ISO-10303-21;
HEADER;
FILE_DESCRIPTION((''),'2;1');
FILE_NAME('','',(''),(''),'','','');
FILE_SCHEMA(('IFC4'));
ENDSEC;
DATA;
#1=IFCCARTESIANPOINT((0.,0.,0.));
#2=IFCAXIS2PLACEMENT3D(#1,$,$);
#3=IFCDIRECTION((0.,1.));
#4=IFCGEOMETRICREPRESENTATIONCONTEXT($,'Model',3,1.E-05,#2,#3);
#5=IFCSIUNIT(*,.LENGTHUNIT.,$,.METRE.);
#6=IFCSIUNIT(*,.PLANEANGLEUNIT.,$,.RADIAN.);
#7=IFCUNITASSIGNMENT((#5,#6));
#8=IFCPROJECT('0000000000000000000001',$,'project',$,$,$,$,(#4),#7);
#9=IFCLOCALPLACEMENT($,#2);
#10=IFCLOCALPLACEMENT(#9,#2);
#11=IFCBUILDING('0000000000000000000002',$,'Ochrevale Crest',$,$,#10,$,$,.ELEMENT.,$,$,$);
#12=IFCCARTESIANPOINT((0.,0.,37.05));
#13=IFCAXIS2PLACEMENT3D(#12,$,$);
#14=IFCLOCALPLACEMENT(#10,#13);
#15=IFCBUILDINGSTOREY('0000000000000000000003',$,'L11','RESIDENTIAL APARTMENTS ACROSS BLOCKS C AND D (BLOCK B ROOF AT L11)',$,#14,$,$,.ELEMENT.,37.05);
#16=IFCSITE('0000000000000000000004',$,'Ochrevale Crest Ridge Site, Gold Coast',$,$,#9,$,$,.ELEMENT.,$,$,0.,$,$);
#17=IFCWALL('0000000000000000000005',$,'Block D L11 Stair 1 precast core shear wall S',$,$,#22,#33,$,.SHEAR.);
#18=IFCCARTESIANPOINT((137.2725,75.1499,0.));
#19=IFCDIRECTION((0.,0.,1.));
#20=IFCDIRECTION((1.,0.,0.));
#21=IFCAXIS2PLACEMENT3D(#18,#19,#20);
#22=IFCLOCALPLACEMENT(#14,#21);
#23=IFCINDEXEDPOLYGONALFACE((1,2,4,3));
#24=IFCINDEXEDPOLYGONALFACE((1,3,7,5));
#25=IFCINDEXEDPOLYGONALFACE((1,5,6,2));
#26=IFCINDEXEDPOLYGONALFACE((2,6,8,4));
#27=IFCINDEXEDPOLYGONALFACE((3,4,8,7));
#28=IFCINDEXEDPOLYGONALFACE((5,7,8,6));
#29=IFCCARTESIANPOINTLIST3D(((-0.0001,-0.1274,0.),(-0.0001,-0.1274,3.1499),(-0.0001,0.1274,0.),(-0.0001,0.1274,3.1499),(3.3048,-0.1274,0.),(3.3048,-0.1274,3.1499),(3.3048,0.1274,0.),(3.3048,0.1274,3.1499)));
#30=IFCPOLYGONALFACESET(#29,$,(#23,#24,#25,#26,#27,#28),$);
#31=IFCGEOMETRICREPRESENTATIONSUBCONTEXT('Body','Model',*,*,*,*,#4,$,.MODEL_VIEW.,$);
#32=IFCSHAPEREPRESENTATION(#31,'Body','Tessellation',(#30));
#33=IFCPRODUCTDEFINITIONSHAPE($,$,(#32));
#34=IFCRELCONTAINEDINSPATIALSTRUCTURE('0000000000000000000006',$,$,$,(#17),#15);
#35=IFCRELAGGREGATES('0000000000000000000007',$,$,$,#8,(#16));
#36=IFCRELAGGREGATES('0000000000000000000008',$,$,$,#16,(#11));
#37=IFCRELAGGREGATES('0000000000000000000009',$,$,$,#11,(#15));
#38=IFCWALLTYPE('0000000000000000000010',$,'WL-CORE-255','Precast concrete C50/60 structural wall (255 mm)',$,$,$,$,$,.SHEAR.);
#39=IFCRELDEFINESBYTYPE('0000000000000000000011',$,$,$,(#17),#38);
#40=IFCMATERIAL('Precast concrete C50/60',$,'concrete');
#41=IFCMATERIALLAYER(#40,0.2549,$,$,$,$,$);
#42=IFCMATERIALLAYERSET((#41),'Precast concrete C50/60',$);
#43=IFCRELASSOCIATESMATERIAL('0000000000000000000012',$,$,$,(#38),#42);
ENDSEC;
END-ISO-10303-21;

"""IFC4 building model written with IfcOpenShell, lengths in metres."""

from ifc_helpers import new_model, si_unit, direction, frame, frame_2d, origin, place, context, subcontext, project, spatial, rectangle, extrude, material, layer, layer_set, type_object, element, save


model = new_model("IFC4")

# Units and contexts
model_context = context("Model", 3, precision=1e-05, world=origin(), true_north=direction((0.0, 1.0)))
body_context = subcontext(model_context, "Body", "Model", "MODEL_VIEW")
ifc_project = project(units=[si_unit("LENGTHUNIT", "METRE"), si_unit("PLANEANGLEUNIT", "RADIAN")], contexts=[model_context])

# Site, building, storey
site_placement = place(None, origin())
site = spatial("IfcSite", under=ifc_project, at=site_placement, Name="Ochrevale Crest Ridge Site, Gold Coast", CompositionType="ELEMENT", RefElevation=0.0)
building_placement = place(site_placement, origin())
building = spatial("IfcBuilding", under=site, at=building_placement, Name="Ochrevale Crest", CompositionType="ELEMENT")
storey_placement = place(building_placement, frame((0.0, 0.0, 37.05)))
storey = spatial("IfcBuildingStorey", under=building, at=storey_placement, Name="L11", Description="RESIDENTIAL APARTMENTS ACROSS BLOCKS C AND D (BLOCK B ROOF AT L11)", CompositionType="ELEMENT", Elevation=37.05)

# Shared definitions
ifc_material_1 = material(Name="Precast concrete C50/60", Category="concrete")

# Wall
ifc_layer_1 = layer(ifc_material_1, 0.2549)
ifc_layer_set_1 = layer_set([ifc_layer_1], Name="Precast concrete C50/60")
wall_type_1 = type_object("IfcWallType", Name="WL-CORE-255", Description="Precast concrete C50/60 structural wall (255 mm)", PredefinedType="SHEAR", material=ifc_layer_set_1)
wall_1_placement = place(storey_placement, frame((137.2725, 75.1499, 0.0), z_axis=(0.0, 0.0, 1.0), x_axis=(1.0, 0.0, 0.0)))
element("IfcWall", 1, at=wall_1_placement, inside=storey, type_object=wall_type_1, Name="Block D L11 Stair 1 precast core shear wall S", PredefinedType="SHEAR", context=body_context, shape_type="SweptSolid", body=[
    extrude(rectangle(XDim=3.3049, YDim=0.2549, at=frame_2d((1.6523, 0.0))), origin(), (0.0, 0.0, 1.0), 3.1499),
])

save(model, "model.ifc")
